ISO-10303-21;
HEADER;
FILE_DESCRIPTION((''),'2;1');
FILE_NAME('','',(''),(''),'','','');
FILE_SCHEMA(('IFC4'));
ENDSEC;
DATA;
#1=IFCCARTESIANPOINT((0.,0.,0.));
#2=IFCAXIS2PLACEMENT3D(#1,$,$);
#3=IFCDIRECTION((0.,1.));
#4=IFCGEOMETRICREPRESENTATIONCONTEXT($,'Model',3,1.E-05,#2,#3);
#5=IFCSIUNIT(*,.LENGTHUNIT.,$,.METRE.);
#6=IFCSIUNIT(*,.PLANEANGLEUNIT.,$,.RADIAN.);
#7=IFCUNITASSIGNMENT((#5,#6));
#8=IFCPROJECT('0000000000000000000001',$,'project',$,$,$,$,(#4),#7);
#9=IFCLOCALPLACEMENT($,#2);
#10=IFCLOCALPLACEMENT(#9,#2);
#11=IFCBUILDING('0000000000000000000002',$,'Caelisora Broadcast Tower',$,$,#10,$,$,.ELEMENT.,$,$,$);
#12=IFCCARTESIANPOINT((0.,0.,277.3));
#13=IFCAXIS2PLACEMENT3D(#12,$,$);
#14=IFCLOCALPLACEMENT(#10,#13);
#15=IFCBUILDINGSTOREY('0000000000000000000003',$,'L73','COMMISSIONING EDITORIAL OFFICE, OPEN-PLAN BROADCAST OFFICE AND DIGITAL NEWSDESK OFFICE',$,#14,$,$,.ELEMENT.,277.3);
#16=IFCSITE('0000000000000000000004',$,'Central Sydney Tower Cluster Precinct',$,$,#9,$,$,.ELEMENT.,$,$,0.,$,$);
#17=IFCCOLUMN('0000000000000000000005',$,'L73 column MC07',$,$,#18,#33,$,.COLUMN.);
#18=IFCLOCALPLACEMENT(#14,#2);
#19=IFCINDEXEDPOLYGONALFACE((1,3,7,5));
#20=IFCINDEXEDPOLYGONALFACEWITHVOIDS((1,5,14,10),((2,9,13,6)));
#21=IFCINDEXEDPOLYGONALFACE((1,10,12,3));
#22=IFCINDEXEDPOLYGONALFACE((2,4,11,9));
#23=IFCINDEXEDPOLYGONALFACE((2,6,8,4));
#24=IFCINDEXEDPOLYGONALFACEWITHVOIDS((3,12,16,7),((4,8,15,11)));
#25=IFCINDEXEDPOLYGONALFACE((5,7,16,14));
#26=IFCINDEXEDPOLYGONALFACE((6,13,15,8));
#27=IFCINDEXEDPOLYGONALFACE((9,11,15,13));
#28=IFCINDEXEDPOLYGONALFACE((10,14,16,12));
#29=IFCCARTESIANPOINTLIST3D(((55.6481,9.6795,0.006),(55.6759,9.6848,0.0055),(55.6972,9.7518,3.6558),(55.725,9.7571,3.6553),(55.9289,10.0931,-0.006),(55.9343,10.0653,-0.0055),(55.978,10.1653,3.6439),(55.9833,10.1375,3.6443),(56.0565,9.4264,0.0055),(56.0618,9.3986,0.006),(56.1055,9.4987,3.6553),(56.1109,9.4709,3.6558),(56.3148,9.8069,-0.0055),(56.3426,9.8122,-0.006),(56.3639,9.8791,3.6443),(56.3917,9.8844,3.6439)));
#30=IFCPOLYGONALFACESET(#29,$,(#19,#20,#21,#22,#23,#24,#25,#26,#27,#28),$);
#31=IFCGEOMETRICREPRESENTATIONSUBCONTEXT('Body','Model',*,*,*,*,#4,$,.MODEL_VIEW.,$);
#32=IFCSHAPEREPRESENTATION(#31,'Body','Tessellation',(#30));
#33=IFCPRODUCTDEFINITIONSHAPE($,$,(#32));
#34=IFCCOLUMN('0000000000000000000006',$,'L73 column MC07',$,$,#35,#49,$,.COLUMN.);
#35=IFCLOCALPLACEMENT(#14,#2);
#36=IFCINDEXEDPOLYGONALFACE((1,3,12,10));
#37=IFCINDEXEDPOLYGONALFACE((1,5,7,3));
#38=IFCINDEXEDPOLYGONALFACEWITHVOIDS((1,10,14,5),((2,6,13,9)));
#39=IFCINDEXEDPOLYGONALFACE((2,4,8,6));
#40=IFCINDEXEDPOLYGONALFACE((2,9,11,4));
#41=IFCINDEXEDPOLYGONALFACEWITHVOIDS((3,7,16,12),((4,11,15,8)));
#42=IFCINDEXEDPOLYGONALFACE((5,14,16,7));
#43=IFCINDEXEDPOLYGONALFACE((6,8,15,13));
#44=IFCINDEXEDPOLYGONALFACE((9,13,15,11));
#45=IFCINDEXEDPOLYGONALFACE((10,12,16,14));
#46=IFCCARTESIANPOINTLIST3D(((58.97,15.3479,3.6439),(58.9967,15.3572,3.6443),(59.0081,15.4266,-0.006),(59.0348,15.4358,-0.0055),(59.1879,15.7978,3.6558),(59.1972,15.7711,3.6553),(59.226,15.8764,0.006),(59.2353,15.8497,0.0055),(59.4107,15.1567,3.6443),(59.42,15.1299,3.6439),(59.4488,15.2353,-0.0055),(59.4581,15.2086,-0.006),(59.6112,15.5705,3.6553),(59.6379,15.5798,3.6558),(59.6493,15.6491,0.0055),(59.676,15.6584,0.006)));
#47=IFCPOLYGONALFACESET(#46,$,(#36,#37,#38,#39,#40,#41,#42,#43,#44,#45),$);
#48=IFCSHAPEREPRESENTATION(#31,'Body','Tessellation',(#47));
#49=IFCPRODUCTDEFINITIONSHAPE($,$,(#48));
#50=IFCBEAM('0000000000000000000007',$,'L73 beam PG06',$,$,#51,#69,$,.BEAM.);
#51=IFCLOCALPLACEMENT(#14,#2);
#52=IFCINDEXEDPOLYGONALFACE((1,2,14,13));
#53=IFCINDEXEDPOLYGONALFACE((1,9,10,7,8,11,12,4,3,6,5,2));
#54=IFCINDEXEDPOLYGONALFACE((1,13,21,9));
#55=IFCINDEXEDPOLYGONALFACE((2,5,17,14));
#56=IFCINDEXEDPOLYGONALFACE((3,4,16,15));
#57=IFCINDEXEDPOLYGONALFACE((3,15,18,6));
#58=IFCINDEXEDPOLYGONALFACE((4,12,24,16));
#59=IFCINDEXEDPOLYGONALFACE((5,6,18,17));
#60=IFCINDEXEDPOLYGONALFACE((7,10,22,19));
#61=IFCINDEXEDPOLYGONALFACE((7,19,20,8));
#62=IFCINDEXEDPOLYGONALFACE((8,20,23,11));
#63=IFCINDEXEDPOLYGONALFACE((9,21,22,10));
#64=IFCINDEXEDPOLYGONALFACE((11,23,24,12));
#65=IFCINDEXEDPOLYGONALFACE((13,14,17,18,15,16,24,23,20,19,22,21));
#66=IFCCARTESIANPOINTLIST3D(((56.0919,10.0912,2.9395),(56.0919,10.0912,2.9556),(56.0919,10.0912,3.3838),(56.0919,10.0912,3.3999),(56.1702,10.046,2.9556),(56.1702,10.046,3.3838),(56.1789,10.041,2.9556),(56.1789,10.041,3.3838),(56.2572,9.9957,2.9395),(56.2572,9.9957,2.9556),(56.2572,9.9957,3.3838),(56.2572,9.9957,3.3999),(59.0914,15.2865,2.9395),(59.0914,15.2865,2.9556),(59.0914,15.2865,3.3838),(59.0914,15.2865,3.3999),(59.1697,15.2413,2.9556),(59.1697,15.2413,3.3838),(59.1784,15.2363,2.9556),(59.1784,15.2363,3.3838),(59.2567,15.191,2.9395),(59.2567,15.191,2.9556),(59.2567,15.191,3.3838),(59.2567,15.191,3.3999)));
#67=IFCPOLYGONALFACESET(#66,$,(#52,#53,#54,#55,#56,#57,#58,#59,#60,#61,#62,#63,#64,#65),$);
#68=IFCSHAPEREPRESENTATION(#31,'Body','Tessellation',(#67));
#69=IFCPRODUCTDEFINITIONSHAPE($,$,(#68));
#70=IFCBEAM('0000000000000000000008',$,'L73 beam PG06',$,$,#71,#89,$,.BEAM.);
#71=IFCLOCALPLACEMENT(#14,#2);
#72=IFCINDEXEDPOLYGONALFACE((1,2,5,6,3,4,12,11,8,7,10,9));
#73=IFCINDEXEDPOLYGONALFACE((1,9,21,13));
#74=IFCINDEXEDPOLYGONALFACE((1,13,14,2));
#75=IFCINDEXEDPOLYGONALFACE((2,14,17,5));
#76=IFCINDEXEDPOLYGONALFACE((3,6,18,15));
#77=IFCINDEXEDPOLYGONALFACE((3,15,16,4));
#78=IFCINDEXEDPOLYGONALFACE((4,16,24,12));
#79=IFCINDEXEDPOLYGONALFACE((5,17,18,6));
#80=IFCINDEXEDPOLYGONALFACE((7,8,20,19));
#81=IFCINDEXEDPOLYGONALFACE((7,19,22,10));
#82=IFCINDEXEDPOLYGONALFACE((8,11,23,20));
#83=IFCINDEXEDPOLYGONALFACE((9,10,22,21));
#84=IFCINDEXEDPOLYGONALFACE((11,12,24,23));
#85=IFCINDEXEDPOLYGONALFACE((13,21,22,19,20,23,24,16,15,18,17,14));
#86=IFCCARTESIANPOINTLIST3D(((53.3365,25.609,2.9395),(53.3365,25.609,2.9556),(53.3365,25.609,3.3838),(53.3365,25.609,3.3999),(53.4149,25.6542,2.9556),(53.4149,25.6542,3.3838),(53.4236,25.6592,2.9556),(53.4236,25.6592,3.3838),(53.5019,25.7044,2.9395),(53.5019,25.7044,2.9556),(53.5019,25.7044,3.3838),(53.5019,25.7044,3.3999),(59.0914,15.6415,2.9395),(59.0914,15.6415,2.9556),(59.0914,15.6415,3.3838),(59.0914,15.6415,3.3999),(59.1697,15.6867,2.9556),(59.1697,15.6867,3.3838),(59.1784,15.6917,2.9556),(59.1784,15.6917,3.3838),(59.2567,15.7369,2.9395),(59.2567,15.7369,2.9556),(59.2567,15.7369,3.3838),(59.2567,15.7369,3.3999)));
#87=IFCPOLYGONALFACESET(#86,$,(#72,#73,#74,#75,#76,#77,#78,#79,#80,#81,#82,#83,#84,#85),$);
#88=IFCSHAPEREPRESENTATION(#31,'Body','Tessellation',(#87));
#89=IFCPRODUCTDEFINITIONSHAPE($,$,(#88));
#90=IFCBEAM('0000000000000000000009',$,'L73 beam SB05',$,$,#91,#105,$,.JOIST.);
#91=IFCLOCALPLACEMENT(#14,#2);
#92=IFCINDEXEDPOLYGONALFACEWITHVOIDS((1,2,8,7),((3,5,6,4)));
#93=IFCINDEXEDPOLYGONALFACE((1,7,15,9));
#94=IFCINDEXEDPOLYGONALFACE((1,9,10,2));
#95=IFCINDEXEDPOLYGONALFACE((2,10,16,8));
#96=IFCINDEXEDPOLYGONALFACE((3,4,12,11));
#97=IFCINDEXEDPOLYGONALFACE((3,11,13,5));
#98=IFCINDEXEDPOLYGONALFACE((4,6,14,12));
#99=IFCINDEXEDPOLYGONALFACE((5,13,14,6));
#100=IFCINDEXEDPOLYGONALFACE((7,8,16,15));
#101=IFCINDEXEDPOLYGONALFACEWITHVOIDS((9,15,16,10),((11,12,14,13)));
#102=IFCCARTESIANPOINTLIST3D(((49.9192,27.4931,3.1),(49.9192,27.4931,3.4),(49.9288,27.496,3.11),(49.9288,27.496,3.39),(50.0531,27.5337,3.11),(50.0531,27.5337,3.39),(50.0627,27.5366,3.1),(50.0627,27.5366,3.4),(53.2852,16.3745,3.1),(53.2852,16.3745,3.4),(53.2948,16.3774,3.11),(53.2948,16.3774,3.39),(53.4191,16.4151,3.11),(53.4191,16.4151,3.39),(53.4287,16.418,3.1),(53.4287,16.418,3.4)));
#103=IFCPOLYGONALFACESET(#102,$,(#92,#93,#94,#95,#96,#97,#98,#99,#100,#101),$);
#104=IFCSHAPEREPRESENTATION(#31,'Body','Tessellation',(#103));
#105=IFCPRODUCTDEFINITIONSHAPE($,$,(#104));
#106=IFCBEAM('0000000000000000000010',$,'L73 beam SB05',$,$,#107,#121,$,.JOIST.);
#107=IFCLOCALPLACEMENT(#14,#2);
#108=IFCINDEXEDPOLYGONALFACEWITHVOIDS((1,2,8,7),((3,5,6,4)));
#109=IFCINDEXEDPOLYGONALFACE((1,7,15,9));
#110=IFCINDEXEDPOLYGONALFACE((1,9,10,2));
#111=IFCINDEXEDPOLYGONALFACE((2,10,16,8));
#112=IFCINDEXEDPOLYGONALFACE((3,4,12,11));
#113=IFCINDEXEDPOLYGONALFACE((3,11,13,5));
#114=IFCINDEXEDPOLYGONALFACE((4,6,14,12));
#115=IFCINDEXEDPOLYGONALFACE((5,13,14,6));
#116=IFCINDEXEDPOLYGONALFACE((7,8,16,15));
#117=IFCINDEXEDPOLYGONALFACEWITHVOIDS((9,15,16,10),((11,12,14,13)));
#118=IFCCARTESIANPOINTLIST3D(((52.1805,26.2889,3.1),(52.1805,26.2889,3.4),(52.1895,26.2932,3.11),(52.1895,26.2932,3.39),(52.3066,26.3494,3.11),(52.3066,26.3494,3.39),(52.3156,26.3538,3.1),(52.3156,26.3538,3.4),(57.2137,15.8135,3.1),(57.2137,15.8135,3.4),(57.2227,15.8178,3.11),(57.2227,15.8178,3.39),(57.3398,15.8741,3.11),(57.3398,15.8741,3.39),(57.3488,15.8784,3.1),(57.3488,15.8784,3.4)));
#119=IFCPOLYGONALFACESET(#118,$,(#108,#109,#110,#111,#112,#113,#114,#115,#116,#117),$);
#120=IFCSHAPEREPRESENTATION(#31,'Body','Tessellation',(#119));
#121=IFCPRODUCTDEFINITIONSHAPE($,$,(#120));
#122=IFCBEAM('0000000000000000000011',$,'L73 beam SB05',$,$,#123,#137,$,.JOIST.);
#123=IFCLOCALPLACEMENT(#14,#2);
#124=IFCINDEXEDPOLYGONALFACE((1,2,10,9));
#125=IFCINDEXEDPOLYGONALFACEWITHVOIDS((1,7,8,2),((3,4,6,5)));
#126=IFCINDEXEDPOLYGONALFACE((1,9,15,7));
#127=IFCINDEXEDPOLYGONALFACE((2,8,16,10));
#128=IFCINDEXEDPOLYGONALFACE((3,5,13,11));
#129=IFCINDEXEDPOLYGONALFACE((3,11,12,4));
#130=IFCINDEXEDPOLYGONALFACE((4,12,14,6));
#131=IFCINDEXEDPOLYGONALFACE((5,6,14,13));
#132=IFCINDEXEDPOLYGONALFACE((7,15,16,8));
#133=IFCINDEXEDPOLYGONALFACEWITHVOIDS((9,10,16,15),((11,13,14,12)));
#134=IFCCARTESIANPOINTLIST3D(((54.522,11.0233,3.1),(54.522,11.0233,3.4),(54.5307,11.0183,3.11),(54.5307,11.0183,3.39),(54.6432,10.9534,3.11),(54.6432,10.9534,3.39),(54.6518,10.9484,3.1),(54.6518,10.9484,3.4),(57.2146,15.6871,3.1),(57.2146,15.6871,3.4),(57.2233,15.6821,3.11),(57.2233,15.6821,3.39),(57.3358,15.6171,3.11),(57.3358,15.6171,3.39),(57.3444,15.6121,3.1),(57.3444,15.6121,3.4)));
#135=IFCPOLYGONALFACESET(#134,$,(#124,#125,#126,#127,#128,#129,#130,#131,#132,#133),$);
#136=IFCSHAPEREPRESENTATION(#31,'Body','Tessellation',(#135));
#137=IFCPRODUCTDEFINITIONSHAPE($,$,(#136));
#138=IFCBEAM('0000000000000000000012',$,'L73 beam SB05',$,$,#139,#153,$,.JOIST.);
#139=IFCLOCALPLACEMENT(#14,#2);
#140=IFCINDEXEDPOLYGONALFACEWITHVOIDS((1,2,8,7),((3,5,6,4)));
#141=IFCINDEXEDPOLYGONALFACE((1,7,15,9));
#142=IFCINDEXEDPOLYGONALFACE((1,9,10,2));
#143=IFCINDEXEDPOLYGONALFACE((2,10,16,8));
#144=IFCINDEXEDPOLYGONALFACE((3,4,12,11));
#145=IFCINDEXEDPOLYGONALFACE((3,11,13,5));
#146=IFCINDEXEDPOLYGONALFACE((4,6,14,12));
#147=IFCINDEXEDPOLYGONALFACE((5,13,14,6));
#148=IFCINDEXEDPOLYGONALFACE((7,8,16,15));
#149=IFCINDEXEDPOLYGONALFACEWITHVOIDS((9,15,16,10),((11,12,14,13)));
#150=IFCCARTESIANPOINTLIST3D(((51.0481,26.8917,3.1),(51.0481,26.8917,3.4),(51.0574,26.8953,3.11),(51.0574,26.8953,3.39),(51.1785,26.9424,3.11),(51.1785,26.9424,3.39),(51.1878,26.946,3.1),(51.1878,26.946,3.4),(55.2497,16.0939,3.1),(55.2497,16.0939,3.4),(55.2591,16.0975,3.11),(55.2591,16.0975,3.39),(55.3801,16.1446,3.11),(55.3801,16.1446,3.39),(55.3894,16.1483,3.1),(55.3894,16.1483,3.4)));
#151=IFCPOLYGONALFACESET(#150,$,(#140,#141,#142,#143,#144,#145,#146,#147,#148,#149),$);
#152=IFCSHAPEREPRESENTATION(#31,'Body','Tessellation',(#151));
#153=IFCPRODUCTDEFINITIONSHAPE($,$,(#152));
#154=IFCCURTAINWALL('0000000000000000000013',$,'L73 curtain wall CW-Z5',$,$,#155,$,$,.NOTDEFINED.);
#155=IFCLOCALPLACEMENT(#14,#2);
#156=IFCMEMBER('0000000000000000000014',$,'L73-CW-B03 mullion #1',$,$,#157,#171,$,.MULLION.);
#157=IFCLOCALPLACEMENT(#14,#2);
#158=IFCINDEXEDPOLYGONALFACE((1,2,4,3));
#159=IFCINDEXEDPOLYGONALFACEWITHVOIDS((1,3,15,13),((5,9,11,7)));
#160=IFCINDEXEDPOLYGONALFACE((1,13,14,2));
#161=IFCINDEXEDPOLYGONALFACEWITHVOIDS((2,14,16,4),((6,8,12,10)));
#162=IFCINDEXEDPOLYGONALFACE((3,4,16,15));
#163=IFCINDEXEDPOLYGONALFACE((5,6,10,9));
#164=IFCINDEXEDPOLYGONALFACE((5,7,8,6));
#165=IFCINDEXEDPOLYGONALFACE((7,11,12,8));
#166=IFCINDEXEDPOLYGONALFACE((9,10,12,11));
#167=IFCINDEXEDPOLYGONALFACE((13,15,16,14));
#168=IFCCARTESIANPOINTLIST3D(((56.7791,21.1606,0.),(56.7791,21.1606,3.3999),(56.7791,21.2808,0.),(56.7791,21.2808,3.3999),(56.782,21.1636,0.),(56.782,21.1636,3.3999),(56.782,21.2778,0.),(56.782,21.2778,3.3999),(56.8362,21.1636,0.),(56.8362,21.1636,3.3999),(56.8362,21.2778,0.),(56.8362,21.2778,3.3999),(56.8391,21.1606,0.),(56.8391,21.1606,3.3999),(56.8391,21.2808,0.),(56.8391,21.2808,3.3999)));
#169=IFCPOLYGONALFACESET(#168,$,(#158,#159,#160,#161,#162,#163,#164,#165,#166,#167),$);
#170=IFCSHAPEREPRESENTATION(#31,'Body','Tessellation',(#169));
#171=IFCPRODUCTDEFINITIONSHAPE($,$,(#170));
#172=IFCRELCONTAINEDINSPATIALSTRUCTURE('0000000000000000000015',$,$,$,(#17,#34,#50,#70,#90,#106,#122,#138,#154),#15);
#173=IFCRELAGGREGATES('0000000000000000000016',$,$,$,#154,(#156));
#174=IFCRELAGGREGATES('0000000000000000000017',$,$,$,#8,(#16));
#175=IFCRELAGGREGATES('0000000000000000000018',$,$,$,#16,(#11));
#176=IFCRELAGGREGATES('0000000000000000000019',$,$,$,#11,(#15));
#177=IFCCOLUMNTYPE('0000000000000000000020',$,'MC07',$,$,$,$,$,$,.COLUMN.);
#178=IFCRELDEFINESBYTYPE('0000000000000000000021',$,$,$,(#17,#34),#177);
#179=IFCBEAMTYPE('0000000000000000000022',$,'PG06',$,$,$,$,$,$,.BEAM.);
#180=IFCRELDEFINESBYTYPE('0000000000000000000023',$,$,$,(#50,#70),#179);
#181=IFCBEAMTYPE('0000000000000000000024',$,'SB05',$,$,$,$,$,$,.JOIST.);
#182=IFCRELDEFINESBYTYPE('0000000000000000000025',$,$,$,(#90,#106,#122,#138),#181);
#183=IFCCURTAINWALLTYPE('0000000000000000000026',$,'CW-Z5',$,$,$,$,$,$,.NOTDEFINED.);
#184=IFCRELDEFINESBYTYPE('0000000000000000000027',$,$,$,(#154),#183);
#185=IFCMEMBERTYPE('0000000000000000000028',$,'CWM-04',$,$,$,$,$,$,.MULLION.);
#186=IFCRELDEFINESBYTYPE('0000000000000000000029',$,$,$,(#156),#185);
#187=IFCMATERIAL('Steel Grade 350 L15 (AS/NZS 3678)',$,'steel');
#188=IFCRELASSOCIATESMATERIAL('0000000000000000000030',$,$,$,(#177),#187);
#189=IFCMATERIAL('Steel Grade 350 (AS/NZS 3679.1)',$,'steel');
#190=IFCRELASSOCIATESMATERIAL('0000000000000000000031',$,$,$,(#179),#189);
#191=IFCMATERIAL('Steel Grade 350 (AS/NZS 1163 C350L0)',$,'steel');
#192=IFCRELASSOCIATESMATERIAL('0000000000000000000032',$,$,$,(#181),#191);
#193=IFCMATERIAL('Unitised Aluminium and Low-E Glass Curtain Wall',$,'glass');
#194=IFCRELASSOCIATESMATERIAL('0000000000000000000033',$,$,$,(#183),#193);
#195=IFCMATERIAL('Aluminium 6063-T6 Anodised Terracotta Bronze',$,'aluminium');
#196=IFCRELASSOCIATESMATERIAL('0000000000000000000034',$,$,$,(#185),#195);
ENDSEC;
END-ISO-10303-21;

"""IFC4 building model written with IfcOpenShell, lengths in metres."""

from ifc_helpers import new_model, si_unit, direction, frame, origin, origin_2d, place, context, subcontext, project, spatial, hollow_rectangle, i_section, extrude, source, transform, mapped, material, material_profile, profile_set, type_object, type_shapes, element, aggregate, save


model = new_model("IFC4")

# Units and contexts
model_context = context("Model", 3, precision=1e-05, world=origin(), true_north=direction((0.0, 1.0)))
body_context = subcontext(model_context, "Body", "Model", "MODEL_VIEW")
ifc_project = project(units=[si_unit("LENGTHUNIT", "METRE"), si_unit("PLANEANGLEUNIT", "RADIAN")], contexts=[model_context])

# Site, building, storey
site_placement = place(None, origin())
site = spatial("IfcSite", under=ifc_project, at=site_placement, Name="Central Sydney Tower Cluster Precinct", CompositionType="ELEMENT", RefElevation=0.0)
building_placement = place(site_placement, origin())
building = spatial("IfcBuilding", under=site, at=building_placement, Name="Caelisora Broadcast Tower", CompositionType="ELEMENT")
storey_placement = place(building_placement, frame((0.0, 0.0, 277.3)))
storey = spatial("IfcBuildingStorey", under=building, at=storey_placement, Name="L73", Description="COMMISSIONING EDITORIAL OFFICE, OPEN-PLAN BROADCAST OFFICE AND DIGITAL NEWSDESK OFFICE", CompositionType="ELEMENT", Elevation=277.3)

# Columns
ifc_material_1 = material(Name="Steel Grade 350 L15 (AS/NZS 3678)", Category="steel")
ifc_material_profile_1 = material_profile(ifc_material_1, hollow_rectangle(XDim=0.5, YDim=0.5, WallThickness=0.02, at=origin_2d()), Name="Steel Grade 350 L15 (AS/NZS 3678)")
ifc_profile_set_1 = profile_set([ifc_material_profile_1], Name="Steel Grade 350 L15 (AS/NZS 3678)")
column_type = type_object("IfcColumnType", Name="MC07", PredefinedType="COLUMN", material=ifc_profile_set_1)
shared_shape_1 = source(origin(), body_context, "Body", "SweptSolid", [
    extrude(hollow_rectangle(XDim=0.5, YDim=0.5, WallThickness=0.02, at=origin_2d()), origin(), (0.0, 0.0, 1.0), 3.6509),
])
type_shapes(column_type, [shared_shape_1])
for number, where, z_axis, x_axis, name in (
    (1, (55.9954, 9.7458, 0.0), (0.013441, 0.019794, 0.999714), (-0.82729, 0.561775, 0.0), "L73 column MC07"),
    (2, (59.342, 15.5425, 0.0), (-0.010432, -0.021532, 0.999714), (0.899947, -0.435999, 0.0), "L73 column MC07"),
):
    element("IfcColumn", number, at=place(storey_placement, frame(where, z_axis=z_axis, x_axis=x_axis)), inside=storey, type_object=column_type, Name=name, PredefinedType="COLUMN", context=body_context, shape_type="MappedRepresentation", body=[
        mapped(shared_shape_1, transform((0.0, 0.0, 0.0), scale=1.0)),
    ])

# Beams
ifc_material_2 = material(Name="Steel Grade 350 (AS/NZS 3679.1)", Category="steel")
ifc_material_profile_2 = material_profile(ifc_material_2, i_section(OverallWidth=0.1909, OverallDepth=0.4604, WebThickness=0.01, FlangeThickness=0.0161, at=origin_2d()), Name="Steel Grade 350 (AS/NZS 3679.1)")
ifc_profile_set_2 = profile_set([ifc_material_profile_2], Name="Steel Grade 350 (AS/NZS 3679.1)")
beam_type_1 = type_object("IfcBeamType", Name="PG06", PredefinedType="BEAM", material=ifc_profile_set_2)
shared_shape_2 = source(origin(), body_context, "Body", "SweptSolid", [
    extrude(i_section(OverallWidth=0.1909, OverallDepth=0.4604, WebThickness=0.01, FlangeThickness=0.0161, at=origin_2d()), origin(), (0.0, 0.0, 1.0), 5.999),
])
beam_1_placement = place(storey_placement, frame((56.1746, 10.0435, 3.1697), z_axis=(0.5, 0.866026, 0.0), x_axis=(-0.866026, 0.5, 0.0)))
element("IfcBeam", 3, at=beam_1_placement, inside=storey, type_object=beam_type_1, Name="L73 beam PG06", PredefinedType="BEAM", context=body_context, shape_type="MappedRepresentation", body=[
    mapped(shared_shape_2, transform((0.0, 0.0, 0.0), scale=1.0)),
])
shared_shape_3 = source(origin(), body_context, "Body", "SweptSolid", [
    extrude(i_section(OverallWidth=0.1909, OverallDepth=0.4604, WebThickness=0.01, FlangeThickness=0.0161, at=origin_2d()), origin(), (0.0, 0.0, 1.0), 11.5095),
])
type_shapes(beam_type_1, [shared_shape_2, shared_shape_3])
beam_2_placement = place(storey_placement, frame((59.1741, 15.6892, 3.1697), z_axis=(-0.500008, 0.866021, 0.0), x_axis=(-0.866021, -0.500008, 0.0)))
element("IfcBeam", 4, at=beam_2_placement, inside=storey, type_object=beam_type_1, Name="L73 beam PG06", PredefinedType="BEAM", context=body_context, shape_type="MappedRepresentation", body=[
    mapped(shared_shape_3, transform((0.0, 0.0, 0.0), scale=1.0)),
])
ifc_material_3 = material(Name="Steel Grade 350 (AS/NZS 1163 C350L0)", Category="steel")
ifc_material_profile_3 = material_profile(ifc_material_3, hollow_rectangle(XDim=0.1499, YDim=0.3, WallThickness=0.01, at=origin_2d()), Name="Steel Grade 350 (AS/NZS 1163 C350L0)")
ifc_profile_set_3 = profile_set([ifc_material_profile_3], Name="Steel Grade 350 (AS/NZS 1163 C350L0)")
beam_type_2 = type_object("IfcBeamType", Name="SB05", PredefinedType="JOIST", material=ifc_profile_set_3)
shared_shape_4 = source(origin(), body_context, "Body", "SweptSolid", [
    extrude(hollow_rectangle(XDim=0.1499, YDim=0.3, WallThickness=0.01, at=origin_2d()), origin(), (0.0, 0.0, 1.0), 11.6169),
])
beam_3_placement = place(storey_placement, frame((53.3569, 16.3962, 3.25), z_axis=(-0.289745, 0.957104, 0.0), x_axis=(-0.957104, -0.289745, 0.0)))
element("IfcBeam", 5, at=beam_3_placement, inside=storey, type_object=beam_type_2, Name="L73 beam SB05", PredefinedType="JOIST", context=body_context, shape_type="MappedRepresentation", body=[
    mapped(shared_shape_4, transform((0.0, 0.0, 0.0), scale=1.0)),
])
shared_shape_5 = source(origin(), body_context, "Body", "SweptSolid", [
    extrude(hollow_rectangle(XDim=0.1499, YDim=0.3, WallThickness=0.01, at=origin_2d()), origin(), (0.0, 0.0, 1.0), 11.6218),
])
beam_4_placement = place(storey_placement, frame((57.2812, 15.8459, 3.25), z_axis=(-0.433083, 0.901354, 0.0), x_axis=(-0.901354, -0.433083, 0.0)))
element("IfcBeam", 6, at=beam_4_placement, inside=storey, type_object=beam_type_2, Name="L73 beam SB05", PredefinedType="JOIST", context=body_context, shape_type="MappedRepresentation", body=[
    mapped(shared_shape_5, transform((0.0, 0.0, 0.0), scale=1.0)),
])
shared_shape_6 = source(origin(), body_context, "Body", "SweptSolid", [
    extrude(hollow_rectangle(XDim=0.1499, YDim=0.3, WallThickness=0.01, at=origin_2d()), origin(), (0.0, 0.0, 1.0), 5.3853),
])
beam_5_placement = place(storey_placement, frame((54.5869, 10.9858, 3.25), z_axis=(0.499996, 0.866028, 0.0), x_axis=(-0.866028, 0.499996, 0.0)))
element("IfcBeam", 7, at=beam_5_placement, inside=storey, type_object=beam_type_2, Name="L73 beam SB05", PredefinedType="JOIST", context=body_context, shape_type="MappedRepresentation", body=[
    mapped(shared_shape_6, transform((0.0, 0.0, 0.0), scale=1.0)),
])
shared_shape_7 = source(origin(), body_context, "Body", "SweptSolid", [
    extrude(hollow_rectangle(XDim=0.1499, YDim=0.3, WallThickness=0.01, at=origin_2d()), origin(), (0.0, 0.0, 1.0), 11.5864),
])
type_shapes(beam_type_2, [shared_shape_4, shared_shape_5, shared_shape_6, shared_shape_7])
beam_6_placement = place(storey_placement, frame((55.3196, 16.1211, 3.25), z_axis=(-0.362633, 0.931932, 0.0), x_axis=(-0.931932, -0.362633, 0.0)))
element("IfcBeam", 8, at=beam_6_placement, inside=storey, type_object=beam_type_2, Name="L73 beam SB05", PredefinedType="JOIST", context=body_context, shape_type="MappedRepresentation", body=[
    mapped(shared_shape_7, transform((0.0, 0.0, 0.0), scale=1.0)),
])

# Curtain wall, member
ifc_material_4 = material(Name="Unitised Aluminium and Low-E Glass Curtain Wall", Category="glass")
curtain_wall_type = type_object("IfcCurtainWallType", Name="CW-Z5", PredefinedType="NOTDEFINED", material=ifc_material_4)
curtain_wall_1_placement = place(storey_placement, origin())
curtain_wall_1 = element("IfcCurtainWall", 9, at=curtain_wall_1_placement, inside=storey, type_object=curtain_wall_type, Name="L73 curtain wall CW-Z5", PredefinedType="NOTDEFINED")
ifc_material_5 = material(Name="Aluminium 6063-T6 Anodised Terracotta Bronze", Category="aluminium")
ifc_material_profile_4 = material_profile(ifc_material_5, hollow_rectangle(XDim=0.0601, YDim=0.1201, WallThickness=0.0029, at=origin_2d()), Name="Aluminium 6063-T6 Anodised Terracotta Bronze")
ifc_profile_set_4 = profile_set([ifc_material_profile_4], Name="Aluminium 6063-T6 Anodised Terracotta Bronze")
member_type_1 = type_object("IfcMemberType", Name="CWM-04", PredefinedType="MULLION", material=ifc_profile_set_4)
shared_shape_8 = source(origin(), body_context, "Body", "SweptSolid", [
    extrude(hollow_rectangle(XDim=0.0601, YDim=0.1201, WallThickness=0.0029, at=origin_2d()), origin(), (0.0, 0.0, 1.0), 3.3999),
])
type_shapes(member_type_1, [shared_shape_8])
member_1_placement = place(storey_placement, frame((56.8091, 21.2207, 0.0), z_axis=(0.0, 0.0, 1.0), x_axis=(1.0, 0.0, 0.0)))
member_1 = element("IfcMember", 10, at=member_1_placement, type_object=member_type_1, Name="L73-CW-B03 mullion #1", PredefinedType="MULLION", context=body_context, shape_type="MappedRepresentation", body=[
    mapped(shared_shape_8, transform((0.0, 0.0, 0.0), scale=1.0)),
])

aggregate(curtain_wall_1, [member_1])

save(model, "model.ifc")
